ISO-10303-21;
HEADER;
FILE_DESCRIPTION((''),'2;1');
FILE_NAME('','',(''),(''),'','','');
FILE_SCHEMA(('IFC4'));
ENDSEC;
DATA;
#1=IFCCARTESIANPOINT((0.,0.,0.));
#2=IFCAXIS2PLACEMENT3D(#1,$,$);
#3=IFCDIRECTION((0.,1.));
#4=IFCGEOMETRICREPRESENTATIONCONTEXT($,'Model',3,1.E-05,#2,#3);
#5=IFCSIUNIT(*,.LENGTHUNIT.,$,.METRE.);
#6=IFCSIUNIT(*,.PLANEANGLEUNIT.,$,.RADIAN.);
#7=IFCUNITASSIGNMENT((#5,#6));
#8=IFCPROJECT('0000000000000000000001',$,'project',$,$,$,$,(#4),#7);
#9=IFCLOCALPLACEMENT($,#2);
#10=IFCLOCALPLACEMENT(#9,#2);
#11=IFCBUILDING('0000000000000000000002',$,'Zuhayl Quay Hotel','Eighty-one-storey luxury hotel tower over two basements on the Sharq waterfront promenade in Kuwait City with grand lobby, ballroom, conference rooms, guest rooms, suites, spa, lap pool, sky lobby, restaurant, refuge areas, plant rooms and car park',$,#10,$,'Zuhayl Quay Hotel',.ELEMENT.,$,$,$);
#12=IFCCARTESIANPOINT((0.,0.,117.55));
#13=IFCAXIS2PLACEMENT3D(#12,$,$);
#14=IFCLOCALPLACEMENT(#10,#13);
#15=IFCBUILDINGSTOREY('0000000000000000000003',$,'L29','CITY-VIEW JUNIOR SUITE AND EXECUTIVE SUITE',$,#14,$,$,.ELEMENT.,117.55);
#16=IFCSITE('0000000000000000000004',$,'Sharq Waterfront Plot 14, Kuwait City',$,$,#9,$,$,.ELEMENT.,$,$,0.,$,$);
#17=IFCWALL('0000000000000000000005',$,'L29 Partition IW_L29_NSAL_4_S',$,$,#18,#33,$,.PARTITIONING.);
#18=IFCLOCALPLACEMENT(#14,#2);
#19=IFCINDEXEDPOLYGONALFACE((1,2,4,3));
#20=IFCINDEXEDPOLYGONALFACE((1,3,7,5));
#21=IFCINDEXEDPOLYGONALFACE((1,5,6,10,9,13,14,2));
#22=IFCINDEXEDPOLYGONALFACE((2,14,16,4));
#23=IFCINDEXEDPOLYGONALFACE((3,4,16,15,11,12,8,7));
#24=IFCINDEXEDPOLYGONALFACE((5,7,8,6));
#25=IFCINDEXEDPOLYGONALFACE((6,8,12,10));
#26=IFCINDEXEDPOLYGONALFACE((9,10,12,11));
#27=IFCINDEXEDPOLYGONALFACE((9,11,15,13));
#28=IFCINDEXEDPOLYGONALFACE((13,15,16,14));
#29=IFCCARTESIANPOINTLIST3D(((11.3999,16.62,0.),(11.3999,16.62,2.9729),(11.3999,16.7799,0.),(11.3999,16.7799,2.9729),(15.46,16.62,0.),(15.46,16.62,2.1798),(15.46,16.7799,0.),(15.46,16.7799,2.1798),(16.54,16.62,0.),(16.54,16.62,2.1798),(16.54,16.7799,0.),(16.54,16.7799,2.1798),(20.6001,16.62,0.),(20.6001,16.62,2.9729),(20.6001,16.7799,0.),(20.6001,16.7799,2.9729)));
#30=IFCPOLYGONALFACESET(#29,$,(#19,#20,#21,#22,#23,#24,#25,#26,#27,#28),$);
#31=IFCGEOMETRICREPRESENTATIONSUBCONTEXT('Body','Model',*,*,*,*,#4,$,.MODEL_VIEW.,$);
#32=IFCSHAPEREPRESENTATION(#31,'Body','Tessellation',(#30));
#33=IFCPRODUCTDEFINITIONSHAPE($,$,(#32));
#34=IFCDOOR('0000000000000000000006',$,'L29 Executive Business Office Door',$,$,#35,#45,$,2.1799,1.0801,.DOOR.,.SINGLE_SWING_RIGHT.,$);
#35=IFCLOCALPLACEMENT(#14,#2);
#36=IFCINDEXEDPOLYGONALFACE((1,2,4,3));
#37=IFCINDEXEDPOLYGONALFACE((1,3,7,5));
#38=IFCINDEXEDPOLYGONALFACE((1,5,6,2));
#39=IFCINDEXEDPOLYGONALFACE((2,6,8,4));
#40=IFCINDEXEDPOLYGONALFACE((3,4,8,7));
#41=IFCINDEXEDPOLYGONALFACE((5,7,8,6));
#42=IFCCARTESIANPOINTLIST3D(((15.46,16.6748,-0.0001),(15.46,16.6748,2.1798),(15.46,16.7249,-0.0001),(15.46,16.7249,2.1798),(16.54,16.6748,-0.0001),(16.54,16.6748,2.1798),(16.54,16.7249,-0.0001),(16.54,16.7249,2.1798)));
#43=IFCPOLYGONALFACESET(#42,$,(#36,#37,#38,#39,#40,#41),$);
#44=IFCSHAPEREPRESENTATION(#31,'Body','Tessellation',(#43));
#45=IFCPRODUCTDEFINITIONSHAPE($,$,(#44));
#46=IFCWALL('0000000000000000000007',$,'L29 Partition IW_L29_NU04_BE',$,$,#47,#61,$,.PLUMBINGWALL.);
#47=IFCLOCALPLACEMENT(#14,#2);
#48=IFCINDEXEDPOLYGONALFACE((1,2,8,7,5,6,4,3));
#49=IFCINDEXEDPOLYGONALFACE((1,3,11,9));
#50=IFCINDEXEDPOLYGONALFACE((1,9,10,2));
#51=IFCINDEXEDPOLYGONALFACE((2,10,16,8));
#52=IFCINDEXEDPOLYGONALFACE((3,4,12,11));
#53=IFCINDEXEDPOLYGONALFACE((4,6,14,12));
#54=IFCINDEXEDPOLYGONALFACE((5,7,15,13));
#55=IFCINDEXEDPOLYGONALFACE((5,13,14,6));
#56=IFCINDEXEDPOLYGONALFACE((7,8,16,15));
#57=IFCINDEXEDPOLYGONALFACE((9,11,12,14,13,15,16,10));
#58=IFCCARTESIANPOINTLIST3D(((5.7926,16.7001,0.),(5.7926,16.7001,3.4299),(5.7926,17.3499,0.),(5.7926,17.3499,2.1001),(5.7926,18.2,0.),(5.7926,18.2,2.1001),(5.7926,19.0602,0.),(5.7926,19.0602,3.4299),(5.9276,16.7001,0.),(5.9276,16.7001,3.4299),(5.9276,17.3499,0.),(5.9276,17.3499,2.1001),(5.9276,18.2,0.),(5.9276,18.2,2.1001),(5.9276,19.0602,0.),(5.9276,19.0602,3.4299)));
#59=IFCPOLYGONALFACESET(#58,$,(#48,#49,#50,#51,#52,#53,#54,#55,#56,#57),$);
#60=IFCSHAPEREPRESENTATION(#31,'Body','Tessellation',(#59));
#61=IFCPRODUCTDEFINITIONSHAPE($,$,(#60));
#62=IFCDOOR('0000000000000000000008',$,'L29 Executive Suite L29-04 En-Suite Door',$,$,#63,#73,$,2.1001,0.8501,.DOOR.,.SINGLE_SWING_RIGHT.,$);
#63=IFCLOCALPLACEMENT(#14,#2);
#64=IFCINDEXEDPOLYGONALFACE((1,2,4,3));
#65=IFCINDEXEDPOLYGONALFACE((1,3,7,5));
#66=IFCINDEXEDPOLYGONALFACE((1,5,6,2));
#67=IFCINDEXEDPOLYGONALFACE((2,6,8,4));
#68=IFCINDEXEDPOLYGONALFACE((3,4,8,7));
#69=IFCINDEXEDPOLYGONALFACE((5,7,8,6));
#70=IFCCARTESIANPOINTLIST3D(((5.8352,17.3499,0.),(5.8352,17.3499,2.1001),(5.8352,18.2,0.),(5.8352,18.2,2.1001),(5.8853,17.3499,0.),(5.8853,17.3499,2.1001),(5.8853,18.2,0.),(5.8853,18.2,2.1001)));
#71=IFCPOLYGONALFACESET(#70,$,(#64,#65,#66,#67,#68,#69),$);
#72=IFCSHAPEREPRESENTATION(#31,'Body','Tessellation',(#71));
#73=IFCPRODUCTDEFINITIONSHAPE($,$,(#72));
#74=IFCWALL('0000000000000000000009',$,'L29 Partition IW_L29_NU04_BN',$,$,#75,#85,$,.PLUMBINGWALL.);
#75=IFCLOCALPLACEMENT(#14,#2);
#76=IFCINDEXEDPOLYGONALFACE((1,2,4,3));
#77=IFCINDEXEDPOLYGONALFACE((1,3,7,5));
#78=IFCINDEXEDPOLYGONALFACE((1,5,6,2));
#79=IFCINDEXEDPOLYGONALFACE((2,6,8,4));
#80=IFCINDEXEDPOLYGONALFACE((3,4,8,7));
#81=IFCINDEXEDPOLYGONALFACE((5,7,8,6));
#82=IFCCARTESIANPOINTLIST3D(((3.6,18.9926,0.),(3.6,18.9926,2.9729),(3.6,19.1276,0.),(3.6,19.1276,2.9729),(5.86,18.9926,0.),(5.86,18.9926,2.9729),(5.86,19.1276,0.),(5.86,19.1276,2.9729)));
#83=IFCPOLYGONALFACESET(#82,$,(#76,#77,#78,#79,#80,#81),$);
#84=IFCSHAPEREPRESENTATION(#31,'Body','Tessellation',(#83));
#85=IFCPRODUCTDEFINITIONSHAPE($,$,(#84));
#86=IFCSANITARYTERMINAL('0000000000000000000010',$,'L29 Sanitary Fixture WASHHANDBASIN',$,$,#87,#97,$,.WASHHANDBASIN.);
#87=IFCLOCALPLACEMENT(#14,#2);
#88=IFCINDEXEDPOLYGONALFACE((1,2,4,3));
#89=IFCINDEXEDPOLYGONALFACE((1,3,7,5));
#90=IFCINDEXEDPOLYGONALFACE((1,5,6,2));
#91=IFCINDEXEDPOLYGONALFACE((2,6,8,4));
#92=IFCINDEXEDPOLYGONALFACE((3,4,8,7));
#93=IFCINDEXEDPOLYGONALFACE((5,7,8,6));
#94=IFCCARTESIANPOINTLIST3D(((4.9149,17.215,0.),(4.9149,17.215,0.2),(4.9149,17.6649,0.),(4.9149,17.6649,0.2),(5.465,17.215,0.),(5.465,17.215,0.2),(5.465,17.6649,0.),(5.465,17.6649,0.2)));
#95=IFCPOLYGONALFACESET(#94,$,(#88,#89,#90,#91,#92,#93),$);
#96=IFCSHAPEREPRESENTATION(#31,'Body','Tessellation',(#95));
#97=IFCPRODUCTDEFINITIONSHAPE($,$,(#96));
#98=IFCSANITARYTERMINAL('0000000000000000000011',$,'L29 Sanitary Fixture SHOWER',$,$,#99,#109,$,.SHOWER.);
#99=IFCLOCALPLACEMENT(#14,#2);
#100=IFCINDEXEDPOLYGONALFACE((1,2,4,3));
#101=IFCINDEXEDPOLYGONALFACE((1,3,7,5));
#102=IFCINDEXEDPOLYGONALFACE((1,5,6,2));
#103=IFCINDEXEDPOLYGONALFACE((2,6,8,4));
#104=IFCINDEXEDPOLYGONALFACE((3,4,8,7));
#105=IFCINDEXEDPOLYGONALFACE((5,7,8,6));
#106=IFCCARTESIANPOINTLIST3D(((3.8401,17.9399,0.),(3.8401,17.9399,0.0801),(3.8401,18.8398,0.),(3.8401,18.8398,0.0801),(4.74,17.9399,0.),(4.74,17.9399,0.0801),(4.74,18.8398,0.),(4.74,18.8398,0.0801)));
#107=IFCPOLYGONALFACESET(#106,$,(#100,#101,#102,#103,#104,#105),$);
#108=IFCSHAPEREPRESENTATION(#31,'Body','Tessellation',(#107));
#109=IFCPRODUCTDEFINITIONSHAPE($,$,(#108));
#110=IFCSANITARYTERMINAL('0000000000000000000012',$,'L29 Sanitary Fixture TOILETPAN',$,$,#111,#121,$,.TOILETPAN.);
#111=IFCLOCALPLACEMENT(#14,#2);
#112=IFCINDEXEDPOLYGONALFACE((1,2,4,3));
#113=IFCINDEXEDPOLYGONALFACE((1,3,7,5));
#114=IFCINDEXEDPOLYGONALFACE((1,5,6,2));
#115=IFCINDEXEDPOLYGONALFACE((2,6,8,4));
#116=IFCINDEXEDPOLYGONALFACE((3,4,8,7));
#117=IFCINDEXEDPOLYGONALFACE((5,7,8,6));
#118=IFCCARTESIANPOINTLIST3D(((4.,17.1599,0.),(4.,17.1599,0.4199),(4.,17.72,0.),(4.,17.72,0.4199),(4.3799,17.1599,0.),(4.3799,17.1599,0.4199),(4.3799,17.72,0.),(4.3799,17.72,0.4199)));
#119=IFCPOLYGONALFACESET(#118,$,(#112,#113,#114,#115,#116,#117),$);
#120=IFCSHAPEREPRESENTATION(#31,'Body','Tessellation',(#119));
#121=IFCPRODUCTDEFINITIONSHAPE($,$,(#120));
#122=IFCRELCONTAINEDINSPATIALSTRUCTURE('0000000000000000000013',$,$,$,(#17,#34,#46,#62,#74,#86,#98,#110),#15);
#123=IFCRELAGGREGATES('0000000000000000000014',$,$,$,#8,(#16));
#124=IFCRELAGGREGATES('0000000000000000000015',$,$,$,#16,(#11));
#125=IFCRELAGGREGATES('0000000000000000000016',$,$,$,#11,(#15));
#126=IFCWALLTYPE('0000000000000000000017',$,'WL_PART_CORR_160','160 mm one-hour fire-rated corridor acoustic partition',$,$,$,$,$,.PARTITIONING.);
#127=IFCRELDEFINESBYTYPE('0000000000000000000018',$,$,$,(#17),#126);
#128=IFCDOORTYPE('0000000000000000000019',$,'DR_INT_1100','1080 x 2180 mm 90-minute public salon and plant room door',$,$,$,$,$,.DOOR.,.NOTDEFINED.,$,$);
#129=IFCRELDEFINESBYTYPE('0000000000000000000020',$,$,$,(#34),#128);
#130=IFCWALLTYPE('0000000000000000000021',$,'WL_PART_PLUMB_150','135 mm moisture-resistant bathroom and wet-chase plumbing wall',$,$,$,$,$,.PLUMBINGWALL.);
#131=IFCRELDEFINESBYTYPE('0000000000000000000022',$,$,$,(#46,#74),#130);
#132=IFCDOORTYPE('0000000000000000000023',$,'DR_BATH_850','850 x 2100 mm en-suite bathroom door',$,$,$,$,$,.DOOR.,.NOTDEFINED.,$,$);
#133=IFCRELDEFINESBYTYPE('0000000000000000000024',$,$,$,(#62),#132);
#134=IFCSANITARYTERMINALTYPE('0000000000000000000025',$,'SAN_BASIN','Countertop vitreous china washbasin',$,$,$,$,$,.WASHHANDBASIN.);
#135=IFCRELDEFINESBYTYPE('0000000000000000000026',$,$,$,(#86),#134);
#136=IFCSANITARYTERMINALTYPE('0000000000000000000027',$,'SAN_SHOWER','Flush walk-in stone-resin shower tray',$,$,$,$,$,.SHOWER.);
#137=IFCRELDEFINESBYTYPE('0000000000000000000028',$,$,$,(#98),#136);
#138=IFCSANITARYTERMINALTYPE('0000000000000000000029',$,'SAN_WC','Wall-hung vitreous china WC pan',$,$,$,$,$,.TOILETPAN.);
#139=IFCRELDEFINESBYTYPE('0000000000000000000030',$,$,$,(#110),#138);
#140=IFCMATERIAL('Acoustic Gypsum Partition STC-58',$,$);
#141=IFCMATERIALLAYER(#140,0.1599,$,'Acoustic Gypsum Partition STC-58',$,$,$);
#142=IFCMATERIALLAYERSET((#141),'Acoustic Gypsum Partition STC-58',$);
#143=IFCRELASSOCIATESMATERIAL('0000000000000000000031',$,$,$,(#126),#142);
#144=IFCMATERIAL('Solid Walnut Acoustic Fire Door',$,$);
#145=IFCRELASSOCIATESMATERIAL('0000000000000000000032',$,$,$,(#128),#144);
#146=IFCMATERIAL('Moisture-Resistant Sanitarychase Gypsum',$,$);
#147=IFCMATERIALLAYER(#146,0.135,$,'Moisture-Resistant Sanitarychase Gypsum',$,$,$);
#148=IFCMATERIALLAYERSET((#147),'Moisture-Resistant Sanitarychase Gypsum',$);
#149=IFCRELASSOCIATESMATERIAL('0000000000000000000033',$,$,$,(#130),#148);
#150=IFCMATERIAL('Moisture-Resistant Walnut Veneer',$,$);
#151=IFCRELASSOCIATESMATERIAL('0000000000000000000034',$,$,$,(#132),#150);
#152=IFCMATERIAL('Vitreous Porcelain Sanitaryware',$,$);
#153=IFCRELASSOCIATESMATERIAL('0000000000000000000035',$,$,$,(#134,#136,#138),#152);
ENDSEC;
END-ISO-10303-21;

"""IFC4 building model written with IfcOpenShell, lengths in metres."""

from ifc_helpers import new_model, si_unit, direction, frame, frame_2d, origin, origin_2d, place, context, subcontext, project, spatial, rectangle, extrude, material, layer, layer_set, type_object, element, fill, save


model = new_model("IFC4")

# Units and contexts
model_context = context("Model", 3, precision=1e-05, world=origin(), true_north=direction((0.0, 1.0)))
body_context = subcontext(model_context, "Body", "Model", "MODEL_VIEW")
ifc_project = project(units=[si_unit("LENGTHUNIT", "METRE"), si_unit("PLANEANGLEUNIT", "RADIAN")], contexts=[model_context])

# Site, building, storey
site_placement = place(None, origin())
site = spatial("IfcSite", under=ifc_project, at=site_placement, Name="Sharq Waterfront Plot 14, Kuwait City", CompositionType="ELEMENT", RefElevation=0.0)
building_placement = place(site_placement, origin())
building = spatial("IfcBuilding", under=site, at=building_placement, Name="Zuhayl Quay Hotel", Description="Eighty-one-storey luxury hotel tower over two basements on the Sharq waterfront promenade in Kuwait City with grand lobby, ballroom, conference rooms, guest rooms, suites, spa, lap pool, sky lobby, restaurant, refuge areas, plant rooms and car park", LongName="Zuhayl Quay Hotel", CompositionType="ELEMENT")
storey_placement = place(building_placement, frame((0.0, 0.0, 117.55)))
storey = spatial("IfcBuildingStorey", under=building, at=storey_placement, Name="L29", Description="CITY-VIEW JUNIOR SUITE AND EXECUTIVE SUITE", CompositionType="ELEMENT", Elevation=117.55)

# Shared definitions
ifc_material_1 = material(Name="Acoustic Gypsum Partition STC-58")

# Walls, openings, doors
ifc_layer_1 = layer(ifc_material_1, 0.1599, Name="Acoustic Gypsum Partition STC-58")
ifc_layer_set_1 = layer_set([ifc_layer_1], Name="Acoustic Gypsum Partition STC-58")
wall_type_1 = type_object("IfcWallType", Name="WL_PART_CORR_160", Description="160 mm one-hour fire-rated corridor acoustic partition", PredefinedType="PARTITIONING", material=ifc_layer_set_1)
ifc_material_2 = material(Name="Solid Walnut Acoustic Fire Door")
wall_1_placement = place(storey_placement, frame((11.3999, 16.7, 0.0), z_axis=(0.0, 0.0, 1.0), x_axis=(1.0, 0.0, 0.0)))
wall_1 = element("IfcWall", 1, at=wall_1_placement, inside=storey, type_object=wall_type_1, Name="L29 Partition IW_L29_NSAL_4_S", PredefinedType="PARTITIONING", context=body_context, shape_type="SweptSolid", body=[
    extrude(rectangle(XDim=9.2002, YDim=0.1599, at=frame_2d((4.6001, 0.0))), origin(), (0.0, 0.0, 1.0), 2.9729),
])
opening_1_placement = place(wall_1_placement, frame((4.0601, 0.0, 0.0)))
opening_1 = element("IfcOpeningElement", 2, at=opening_1_placement, cuts=wall_1, PredefinedType="OPENING", context=body_context, shape_type="SweptSolid", body=[
    extrude(rectangle(XDim=1.0801, YDim=2.1799, at=frame_2d((0.54, 1.0898))), frame((0.0, 0.0898, 0.0), z_axis=(0.0, -1.0, 0.0), x_axis=(1.0, 0.0, 0.0)), (0.0, 0.0, 1.0), 0.1799),
])
door_type_1 = type_object("IfcDoorType", Name="DR_INT_1100", Description="1080 x 2180 mm 90-minute public salon and plant room door", OperationType="NOTDEFINED", PredefinedType="DOOR", material=ifc_material_2)
door_1_placement = place(opening_1_placement, origin())
door_1 = element("IfcDoor", 3, at=door_1_placement, inside=storey, type_object=door_type_1, Name="L29 Executive Business Office Door", OperationType="SINGLE_SWING_RIGHT", OverallHeight=2.1799, OverallWidth=1.0801, PredefinedType="DOOR", context=body_context, shape_type="SweptSolid", body=[
    extrude(rectangle(XDim=1.0801, YDim=2.1799, at=frame_2d((0.54, 1.0898))), frame((0.0, 0.0249, 0.0), z_axis=(0.0, -1.0, 0.0), x_axis=(1.0, 0.0, 0.0)), (0.0, 0.0, 1.0), 0.05),
])
fill(opening_1, door_1)
ifc_material_3 = material(Name="Moisture-Resistant Sanitarychase Gypsum")
ifc_layer_2 = layer(ifc_material_3, 0.135, Name="Moisture-Resistant Sanitarychase Gypsum")
ifc_layer_set_2 = layer_set([ifc_layer_2], Name="Moisture-Resistant Sanitarychase Gypsum")
wall_type_2 = type_object("IfcWallType", Name="WL_PART_PLUMB_150", Description="135 mm moisture-resistant bathroom and wet-chase plumbing wall", PredefinedType="PLUMBINGWALL", material=ifc_layer_set_2)
wall_2_placement = place(storey_placement, frame((5.8601, 16.7, 0.0), z_axis=(0.0, 0.0, 1.0), x_axis=(0.0, 1.0, 0.0)))
wall_2 = element("IfcWall", 4, at=wall_2_placement, inside=storey, type_object=wall_type_2, Name="L29 Partition IW_L29_NU04_BE", PredefinedType="PLUMBINGWALL", context=body_context, shape_type="SweptSolid", body=[
    extrude(rectangle(XDim=2.3601, YDim=0.135, at=frame_2d((1.1802, 0.0))), origin(), (0.0, 0.0, 1.0), 3.4299),
])
opening_2_placement = place(wall_2_placement, frame((0.6499, 0.0, 0.0)))
opening_2 = element("IfcOpeningElement", 5, at=opening_2_placement, cuts=wall_2, PredefinedType="OPENING", context=body_context, shape_type="SweptSolid", body=[
    extrude(rectangle(XDim=0.8501, YDim=2.1001, at=frame_2d((0.425, 1.05))), frame((0.0, 0.0774, 0.0), z_axis=(0.0, -1.0, 0.0), x_axis=(1.0, 0.0, 0.0)), (0.0, 0.0, 1.0), 0.155),
])
ifc_material_4 = material(Name="Moisture-Resistant Walnut Veneer")
door_type_2 = type_object("IfcDoorType", Name="DR_BATH_850", Description="850 x 2100 mm en-suite bathroom door", OperationType="NOTDEFINED", PredefinedType="DOOR", material=ifc_material_4)
door_2_placement = place(opening_2_placement, origin())
door_2 = element("IfcDoor", 6, at=door_2_placement, inside=storey, type_object=door_type_2, Name="L29 Executive Suite L29-04 En-Suite Door", OperationType="SINGLE_SWING_RIGHT", OverallHeight=2.1001, OverallWidth=0.8501, PredefinedType="DOOR", context=body_context, shape_type="SweptSolid", body=[
    extrude(rectangle(XDim=0.8501, YDim=2.1001, at=frame_2d((0.425, 1.05))), frame((0.0, 0.0249, 0.0), z_axis=(0.0, -1.0, 0.0), x_axis=(1.0, 0.0, 0.0)), (0.0, 0.0, 1.0), 0.05),
])
fill(opening_2, door_2)

# Wall
wall_3_placement = place(storey_placement, frame((3.6001, 19.0601, 0.0), z_axis=(0.0, 0.0, 1.0), x_axis=(1.0, 0.0, 0.0)))
element("IfcWall", 7, at=wall_3_placement, inside=storey, type_object=wall_type_2, Name="L29 Partition IW_L29_NU04_BN", PredefinedType="PLUMBINGWALL", context=body_context, shape_type="SweptSolid", body=[
    extrude(rectangle(XDim=2.26, YDim=0.135, at=frame_2d((1.1299, 0.0))), origin(), (0.0, 0.0, 1.0), 2.9729),
])

# Sanitary terminals
ifc_material_5 = material(Name="Vitreous Porcelain Sanitaryware")
sanitary_terminal_type_1 = type_object("IfcSanitaryTerminalType", Name="SAN_BASIN", Description="Countertop vitreous china washbasin", PredefinedType="WASHHANDBASIN", material=ifc_material_5)
sanitary_terminal_1_placement = place(storey_placement, frame((5.1899, 17.4399, 0.0), z_axis=(0.0, 0.0, 1.0), x_axis=(1.0, 0.0, 0.0)))
element("IfcSanitaryTerminal", 8, at=sanitary_terminal_1_placement, inside=storey, type_object=sanitary_terminal_type_1, Name="L29 Sanitary Fixture WASHHANDBASIN", PredefinedType="WASHHANDBASIN", context=body_context, shape_type="SweptSolid", body=[
    extrude(rectangle(XDim=0.55, YDim=0.45, at=origin_2d()), origin(), (0.0, 0.0, 1.0), 0.2),
])
sanitary_terminal_type_2 = type_object("IfcSanitaryTerminalType", Name="SAN_SHOWER", Description="Flush walk-in stone-resin shower tray", PredefinedType="SHOWER", material=ifc_material_5)
sanitary_terminal_2_placement = place(storey_placement, frame((4.29, 18.3899, 0.0), z_axis=(0.0, 0.0, 1.0), x_axis=(1.0, 0.0, 0.0)))
element("IfcSanitaryTerminal", 9, at=sanitary_terminal_2_placement, inside=storey, type_object=sanitary_terminal_type_2, Name="L29 Sanitary Fixture SHOWER", PredefinedType="SHOWER", context=body_context, shape_type="SweptSolid", body=[
    extrude(rectangle(XDim=0.8999, YDim=0.8999, at=origin_2d()), origin(), (0.0, 0.0, 1.0), 0.0801),
])
sanitary_terminal_type_3 = type_object("IfcSanitaryTerminalType", Name="SAN_WC", Description="Wall-hung vitreous china WC pan", PredefinedType="TOILETPAN", material=ifc_material_5)
sanitary_terminal_3_placement = place(storey_placement, frame((4.1899, 17.4399, 0.0), z_axis=(0.0, 0.0, 1.0), x_axis=(1.0, 0.0, 0.0)))
element("IfcSanitaryTerminal", 10, at=sanitary_terminal_3_placement, inside=storey, type_object=sanitary_terminal_type_3, Name="L29 Sanitary Fixture TOILETPAN", PredefinedType="TOILETPAN", context=body_context, shape_type="SweptSolid", body=[
    extrude(rectangle(XDim=0.3799, YDim=0.5601, at=origin_2d()), origin(), (0.0, 0.0, 1.0), 0.4199),
])

save(model, "model.ifc")
